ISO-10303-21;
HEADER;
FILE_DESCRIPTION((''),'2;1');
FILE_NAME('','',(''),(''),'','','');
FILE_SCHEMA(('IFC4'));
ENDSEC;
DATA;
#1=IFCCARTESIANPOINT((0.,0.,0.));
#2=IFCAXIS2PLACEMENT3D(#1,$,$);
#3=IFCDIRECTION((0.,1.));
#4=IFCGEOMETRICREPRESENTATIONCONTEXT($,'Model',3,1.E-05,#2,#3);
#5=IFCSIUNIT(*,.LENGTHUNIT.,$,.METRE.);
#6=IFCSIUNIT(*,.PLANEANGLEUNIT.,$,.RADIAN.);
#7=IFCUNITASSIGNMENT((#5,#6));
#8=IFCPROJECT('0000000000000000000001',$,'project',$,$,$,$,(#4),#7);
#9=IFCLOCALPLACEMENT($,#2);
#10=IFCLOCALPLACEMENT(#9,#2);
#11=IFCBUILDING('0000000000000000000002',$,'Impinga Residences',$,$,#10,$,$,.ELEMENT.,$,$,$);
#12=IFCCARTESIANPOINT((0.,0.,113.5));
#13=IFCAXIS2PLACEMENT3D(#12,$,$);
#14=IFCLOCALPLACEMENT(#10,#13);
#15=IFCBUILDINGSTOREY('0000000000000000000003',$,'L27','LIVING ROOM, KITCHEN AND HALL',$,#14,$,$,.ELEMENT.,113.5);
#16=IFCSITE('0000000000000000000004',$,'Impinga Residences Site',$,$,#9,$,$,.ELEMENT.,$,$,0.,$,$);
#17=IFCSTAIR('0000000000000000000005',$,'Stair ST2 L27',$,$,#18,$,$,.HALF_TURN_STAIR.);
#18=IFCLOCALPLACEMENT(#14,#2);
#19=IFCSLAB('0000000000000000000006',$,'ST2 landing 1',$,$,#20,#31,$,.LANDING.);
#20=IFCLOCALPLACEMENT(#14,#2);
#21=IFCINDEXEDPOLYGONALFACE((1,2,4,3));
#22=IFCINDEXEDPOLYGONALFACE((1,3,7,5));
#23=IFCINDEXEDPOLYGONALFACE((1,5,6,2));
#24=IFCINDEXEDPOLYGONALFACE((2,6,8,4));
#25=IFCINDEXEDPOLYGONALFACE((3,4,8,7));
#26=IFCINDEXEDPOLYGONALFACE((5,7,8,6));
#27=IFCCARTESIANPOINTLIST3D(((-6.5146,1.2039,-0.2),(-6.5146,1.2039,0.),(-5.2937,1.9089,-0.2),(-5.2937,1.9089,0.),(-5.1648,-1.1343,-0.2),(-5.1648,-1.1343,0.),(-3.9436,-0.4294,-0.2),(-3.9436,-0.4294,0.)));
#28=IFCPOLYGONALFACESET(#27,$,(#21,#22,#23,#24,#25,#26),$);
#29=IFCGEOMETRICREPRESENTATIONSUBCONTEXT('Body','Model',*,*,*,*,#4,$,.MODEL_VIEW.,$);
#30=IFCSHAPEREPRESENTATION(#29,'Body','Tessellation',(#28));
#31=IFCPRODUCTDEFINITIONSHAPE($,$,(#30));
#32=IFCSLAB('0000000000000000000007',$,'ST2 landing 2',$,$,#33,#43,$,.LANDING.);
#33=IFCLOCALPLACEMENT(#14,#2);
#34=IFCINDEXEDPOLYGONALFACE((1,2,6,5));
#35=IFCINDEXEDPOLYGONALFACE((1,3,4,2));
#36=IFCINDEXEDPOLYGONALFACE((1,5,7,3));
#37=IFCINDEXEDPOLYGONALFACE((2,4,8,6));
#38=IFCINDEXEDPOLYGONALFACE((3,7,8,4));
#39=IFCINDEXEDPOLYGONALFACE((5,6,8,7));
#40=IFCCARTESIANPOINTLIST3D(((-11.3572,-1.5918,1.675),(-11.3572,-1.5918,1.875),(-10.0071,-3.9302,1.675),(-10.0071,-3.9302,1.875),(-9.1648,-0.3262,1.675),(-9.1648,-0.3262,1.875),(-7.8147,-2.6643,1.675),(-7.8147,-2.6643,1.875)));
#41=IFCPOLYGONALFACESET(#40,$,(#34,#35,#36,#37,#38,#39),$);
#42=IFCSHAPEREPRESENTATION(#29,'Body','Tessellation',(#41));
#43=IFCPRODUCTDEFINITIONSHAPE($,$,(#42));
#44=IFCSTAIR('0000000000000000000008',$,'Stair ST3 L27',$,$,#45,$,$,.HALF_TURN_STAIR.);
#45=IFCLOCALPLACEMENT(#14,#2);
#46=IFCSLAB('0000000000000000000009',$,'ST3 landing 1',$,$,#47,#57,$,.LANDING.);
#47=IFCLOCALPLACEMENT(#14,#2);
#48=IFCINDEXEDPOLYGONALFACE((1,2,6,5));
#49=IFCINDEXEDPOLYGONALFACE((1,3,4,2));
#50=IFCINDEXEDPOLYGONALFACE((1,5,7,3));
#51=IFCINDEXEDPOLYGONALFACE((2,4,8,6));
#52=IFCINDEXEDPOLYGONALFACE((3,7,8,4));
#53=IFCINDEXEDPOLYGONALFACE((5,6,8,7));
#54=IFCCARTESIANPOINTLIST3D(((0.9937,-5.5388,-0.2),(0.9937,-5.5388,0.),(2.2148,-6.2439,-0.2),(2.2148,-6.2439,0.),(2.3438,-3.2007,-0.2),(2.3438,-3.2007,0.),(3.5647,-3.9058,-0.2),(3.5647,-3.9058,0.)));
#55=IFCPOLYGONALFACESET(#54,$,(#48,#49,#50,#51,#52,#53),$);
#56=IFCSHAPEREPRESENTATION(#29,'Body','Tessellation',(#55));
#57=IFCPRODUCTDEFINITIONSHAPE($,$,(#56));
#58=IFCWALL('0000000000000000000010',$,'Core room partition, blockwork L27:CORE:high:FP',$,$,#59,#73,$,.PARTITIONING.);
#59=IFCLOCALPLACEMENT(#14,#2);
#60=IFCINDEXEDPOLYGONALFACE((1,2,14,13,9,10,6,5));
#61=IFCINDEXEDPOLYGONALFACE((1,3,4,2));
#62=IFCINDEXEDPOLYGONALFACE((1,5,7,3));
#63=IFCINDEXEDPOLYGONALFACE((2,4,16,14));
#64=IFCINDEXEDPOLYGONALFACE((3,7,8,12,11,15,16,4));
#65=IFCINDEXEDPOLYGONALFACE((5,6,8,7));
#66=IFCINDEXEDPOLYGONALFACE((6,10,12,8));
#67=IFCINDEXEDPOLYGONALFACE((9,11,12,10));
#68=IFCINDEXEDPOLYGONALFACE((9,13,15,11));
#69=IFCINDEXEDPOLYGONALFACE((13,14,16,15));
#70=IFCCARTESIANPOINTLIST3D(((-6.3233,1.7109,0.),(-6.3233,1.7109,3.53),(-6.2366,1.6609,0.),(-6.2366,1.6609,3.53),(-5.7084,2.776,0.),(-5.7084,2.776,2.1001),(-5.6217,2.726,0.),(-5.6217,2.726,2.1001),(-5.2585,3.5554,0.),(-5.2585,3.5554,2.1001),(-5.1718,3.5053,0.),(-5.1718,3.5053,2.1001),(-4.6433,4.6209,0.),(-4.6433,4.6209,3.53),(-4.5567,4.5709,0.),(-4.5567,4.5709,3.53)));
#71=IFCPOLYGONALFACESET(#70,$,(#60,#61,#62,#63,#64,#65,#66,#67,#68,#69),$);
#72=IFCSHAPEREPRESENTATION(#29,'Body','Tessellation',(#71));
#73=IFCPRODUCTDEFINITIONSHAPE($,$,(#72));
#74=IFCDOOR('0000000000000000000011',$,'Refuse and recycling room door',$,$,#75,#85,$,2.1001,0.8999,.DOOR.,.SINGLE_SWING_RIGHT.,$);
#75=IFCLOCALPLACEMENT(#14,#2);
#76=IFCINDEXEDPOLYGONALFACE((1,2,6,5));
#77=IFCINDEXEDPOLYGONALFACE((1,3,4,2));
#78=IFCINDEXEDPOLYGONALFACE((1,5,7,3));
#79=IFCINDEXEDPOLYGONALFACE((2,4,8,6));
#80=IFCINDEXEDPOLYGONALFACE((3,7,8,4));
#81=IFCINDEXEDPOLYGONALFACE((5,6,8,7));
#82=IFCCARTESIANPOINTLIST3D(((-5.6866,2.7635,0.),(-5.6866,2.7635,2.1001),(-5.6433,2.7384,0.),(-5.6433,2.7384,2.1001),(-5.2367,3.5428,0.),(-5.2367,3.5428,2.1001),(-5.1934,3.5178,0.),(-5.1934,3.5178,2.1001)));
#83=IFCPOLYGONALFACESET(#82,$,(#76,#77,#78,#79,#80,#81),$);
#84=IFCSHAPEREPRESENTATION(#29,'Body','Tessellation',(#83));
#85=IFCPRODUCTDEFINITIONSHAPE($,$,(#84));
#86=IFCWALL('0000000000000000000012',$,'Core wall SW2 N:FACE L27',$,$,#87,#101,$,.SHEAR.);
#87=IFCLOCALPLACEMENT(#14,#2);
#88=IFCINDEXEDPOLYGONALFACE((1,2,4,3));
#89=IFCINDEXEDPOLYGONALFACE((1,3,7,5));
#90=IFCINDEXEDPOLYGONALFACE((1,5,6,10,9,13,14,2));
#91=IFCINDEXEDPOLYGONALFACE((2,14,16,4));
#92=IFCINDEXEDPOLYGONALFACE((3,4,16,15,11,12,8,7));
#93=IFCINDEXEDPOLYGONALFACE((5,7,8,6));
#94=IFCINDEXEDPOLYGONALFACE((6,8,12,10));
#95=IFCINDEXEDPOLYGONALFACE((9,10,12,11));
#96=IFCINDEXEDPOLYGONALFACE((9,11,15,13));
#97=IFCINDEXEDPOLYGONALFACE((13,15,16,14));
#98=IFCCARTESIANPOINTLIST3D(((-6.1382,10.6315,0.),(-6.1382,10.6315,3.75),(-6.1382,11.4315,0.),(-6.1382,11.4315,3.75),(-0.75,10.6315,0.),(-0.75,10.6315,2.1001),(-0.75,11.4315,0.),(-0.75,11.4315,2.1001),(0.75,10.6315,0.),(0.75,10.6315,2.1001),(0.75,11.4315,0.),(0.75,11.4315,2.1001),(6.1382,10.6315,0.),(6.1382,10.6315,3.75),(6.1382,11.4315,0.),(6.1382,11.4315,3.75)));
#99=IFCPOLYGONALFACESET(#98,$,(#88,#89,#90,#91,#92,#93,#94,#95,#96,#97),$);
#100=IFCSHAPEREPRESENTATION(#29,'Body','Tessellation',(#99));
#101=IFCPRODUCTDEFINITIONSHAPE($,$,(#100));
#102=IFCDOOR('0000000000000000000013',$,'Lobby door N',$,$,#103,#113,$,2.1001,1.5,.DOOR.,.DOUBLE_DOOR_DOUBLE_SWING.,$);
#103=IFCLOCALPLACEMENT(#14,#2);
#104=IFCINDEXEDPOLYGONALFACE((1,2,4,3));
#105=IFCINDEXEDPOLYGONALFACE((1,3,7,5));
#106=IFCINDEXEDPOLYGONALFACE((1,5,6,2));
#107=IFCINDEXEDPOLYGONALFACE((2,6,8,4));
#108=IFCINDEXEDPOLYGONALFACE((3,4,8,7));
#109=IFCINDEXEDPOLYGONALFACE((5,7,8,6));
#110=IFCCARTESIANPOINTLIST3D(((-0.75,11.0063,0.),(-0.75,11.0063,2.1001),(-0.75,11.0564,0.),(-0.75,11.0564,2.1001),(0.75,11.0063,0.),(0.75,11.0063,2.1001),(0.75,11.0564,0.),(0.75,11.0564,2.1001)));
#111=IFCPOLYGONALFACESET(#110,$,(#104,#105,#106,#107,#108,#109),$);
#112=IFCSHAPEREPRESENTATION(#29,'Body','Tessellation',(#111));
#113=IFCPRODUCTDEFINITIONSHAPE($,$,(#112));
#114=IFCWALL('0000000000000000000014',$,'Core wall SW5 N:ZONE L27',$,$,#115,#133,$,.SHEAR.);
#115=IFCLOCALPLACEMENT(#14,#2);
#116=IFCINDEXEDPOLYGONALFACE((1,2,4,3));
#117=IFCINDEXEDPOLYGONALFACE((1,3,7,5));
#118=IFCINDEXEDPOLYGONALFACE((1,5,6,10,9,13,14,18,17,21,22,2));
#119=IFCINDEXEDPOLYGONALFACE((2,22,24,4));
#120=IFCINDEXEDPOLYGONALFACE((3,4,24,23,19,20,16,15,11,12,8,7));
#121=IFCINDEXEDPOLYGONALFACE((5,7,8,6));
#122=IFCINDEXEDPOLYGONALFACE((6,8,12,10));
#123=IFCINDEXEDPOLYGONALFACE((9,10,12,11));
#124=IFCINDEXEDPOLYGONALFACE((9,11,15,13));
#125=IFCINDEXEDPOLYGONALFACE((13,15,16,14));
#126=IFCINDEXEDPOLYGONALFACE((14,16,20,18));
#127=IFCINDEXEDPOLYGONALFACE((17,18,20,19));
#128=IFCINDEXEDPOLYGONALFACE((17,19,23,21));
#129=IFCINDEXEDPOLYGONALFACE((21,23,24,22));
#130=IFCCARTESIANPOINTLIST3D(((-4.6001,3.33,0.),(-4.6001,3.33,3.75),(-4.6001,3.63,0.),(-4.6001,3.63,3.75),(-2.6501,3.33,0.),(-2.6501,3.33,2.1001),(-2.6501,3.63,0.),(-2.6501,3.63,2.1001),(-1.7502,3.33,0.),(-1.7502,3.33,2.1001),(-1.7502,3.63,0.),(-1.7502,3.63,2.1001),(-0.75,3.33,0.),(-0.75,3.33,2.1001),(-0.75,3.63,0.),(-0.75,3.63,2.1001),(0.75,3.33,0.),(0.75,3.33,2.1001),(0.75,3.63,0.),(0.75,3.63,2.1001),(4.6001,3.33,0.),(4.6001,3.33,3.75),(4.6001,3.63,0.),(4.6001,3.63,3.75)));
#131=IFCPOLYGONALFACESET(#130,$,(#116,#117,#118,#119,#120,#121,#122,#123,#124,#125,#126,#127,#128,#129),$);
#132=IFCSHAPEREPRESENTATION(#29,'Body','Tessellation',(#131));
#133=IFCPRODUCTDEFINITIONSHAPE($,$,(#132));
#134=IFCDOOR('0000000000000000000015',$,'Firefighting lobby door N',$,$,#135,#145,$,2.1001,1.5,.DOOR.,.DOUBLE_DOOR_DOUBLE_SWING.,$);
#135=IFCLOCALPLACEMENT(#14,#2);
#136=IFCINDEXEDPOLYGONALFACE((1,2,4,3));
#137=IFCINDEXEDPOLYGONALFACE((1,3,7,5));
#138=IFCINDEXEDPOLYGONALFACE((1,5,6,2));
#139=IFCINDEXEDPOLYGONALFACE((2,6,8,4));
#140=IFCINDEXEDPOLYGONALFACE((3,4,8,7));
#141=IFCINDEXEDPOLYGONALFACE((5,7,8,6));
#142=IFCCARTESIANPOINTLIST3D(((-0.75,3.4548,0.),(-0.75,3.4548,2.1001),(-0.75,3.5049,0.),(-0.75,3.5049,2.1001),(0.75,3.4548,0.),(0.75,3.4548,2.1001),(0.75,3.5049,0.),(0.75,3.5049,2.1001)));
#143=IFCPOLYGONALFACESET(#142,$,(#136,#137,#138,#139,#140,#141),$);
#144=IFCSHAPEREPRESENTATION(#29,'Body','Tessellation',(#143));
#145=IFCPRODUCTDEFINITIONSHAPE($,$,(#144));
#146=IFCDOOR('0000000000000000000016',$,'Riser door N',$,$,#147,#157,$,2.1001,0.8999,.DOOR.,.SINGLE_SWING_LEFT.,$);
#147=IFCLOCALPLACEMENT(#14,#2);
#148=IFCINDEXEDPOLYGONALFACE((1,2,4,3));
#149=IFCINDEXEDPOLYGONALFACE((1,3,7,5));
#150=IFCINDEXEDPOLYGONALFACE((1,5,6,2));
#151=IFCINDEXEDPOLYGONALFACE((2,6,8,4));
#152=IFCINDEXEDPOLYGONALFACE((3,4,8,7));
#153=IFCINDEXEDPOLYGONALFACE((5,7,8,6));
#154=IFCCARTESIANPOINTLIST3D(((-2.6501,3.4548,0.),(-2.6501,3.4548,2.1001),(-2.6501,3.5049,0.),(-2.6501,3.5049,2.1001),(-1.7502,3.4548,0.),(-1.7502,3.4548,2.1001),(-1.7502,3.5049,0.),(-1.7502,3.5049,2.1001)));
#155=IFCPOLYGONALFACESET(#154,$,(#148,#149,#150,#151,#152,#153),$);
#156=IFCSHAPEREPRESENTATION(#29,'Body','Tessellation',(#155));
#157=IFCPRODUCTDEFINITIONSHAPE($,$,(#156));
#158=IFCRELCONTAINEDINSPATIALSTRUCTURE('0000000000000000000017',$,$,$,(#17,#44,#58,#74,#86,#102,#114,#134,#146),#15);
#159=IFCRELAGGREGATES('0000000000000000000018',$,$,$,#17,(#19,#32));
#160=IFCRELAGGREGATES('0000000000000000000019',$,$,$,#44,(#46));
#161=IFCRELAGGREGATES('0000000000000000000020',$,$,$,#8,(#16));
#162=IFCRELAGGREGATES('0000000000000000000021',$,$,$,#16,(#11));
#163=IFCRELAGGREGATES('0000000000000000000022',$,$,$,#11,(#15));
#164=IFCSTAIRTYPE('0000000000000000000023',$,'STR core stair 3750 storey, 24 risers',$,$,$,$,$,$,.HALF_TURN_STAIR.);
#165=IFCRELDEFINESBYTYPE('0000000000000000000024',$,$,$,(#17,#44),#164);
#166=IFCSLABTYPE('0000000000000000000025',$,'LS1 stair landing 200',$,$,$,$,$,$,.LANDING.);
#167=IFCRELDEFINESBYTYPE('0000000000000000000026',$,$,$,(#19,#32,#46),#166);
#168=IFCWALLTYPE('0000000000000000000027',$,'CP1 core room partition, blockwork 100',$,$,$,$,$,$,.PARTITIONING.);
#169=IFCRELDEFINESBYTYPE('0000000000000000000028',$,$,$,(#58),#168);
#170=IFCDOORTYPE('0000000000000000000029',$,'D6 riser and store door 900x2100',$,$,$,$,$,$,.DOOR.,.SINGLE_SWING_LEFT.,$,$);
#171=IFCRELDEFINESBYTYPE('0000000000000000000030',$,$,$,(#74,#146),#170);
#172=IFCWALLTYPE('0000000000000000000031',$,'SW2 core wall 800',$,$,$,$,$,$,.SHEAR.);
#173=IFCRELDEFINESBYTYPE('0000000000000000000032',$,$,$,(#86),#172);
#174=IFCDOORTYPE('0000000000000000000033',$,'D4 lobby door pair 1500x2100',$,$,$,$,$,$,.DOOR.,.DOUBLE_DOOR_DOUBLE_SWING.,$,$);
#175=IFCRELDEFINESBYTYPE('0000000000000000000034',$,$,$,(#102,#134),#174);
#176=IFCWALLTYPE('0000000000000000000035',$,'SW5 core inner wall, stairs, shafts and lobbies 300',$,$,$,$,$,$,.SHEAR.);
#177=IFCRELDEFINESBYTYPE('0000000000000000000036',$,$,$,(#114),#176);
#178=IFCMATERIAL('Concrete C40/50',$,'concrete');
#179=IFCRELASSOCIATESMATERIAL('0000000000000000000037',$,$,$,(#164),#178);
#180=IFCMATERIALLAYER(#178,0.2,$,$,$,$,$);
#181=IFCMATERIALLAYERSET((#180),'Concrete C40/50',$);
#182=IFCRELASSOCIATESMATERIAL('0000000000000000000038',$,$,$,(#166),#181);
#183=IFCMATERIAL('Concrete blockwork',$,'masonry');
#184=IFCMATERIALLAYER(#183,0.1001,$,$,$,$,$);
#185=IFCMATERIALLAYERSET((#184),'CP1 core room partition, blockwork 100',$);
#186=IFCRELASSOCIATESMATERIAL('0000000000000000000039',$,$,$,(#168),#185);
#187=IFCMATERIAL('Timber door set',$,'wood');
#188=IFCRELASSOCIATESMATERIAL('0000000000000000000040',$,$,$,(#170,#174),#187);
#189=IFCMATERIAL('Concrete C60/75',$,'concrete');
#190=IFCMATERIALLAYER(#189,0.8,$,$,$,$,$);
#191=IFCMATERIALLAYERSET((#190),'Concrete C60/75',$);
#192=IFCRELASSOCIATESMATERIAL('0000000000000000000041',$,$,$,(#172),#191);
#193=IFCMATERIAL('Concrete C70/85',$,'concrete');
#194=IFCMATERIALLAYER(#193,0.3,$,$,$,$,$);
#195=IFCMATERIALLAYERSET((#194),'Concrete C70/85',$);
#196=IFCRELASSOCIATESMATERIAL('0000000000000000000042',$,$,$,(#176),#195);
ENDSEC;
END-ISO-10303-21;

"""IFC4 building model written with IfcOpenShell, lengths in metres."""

from ifc_helpers import new_model, si_unit, direction, frame, frame_2d, origin, place, context, subcontext, project, spatial, polyline, rectangle, outline, extrude, material, layer, layer_set, type_object, element, fill, aggregate, save


model = new_model("IFC4")

# Units and contexts
model_context = context("Model", 3, precision=1e-05, world=origin(), true_north=direction((0.0, 1.0)))
body_context = subcontext(model_context, "Body", "Model", "MODEL_VIEW")
ifc_project = project(units=[si_unit("LENGTHUNIT", "METRE"), si_unit("PLANEANGLEUNIT", "RADIAN")], contexts=[model_context])

# Site, building, storey
site_placement = place(None, origin())
site = spatial("IfcSite", under=ifc_project, at=site_placement, Name="Impinga Residences Site", CompositionType="ELEMENT", RefElevation=0.0)
building_placement = place(site_placement, origin())
building = spatial("IfcBuilding", under=site, at=building_placement, Name="Impinga Residences", CompositionType="ELEMENT")
storey_placement = place(building_placement, frame((0.0, 0.0, 113.5)))
storey = spatial("IfcBuildingStorey", under=building, at=storey_placement, Name="L27", Description="LIVING ROOM, KITCHEN AND HALL", CompositionType="ELEMENT", Elevation=113.5)

# Stair, slabs
ifc_material_1 = material(Name="Concrete C40/50", Category="concrete")
stair_type = type_object("IfcStairType", Name="STR core stair 3750 storey, 24 risers", PredefinedType="HALF_TURN_STAIR", material=ifc_material_1)
stair_1_placement = place(storey_placement, origin())
stair_1 = element("IfcStair", 1, at=stair_1_placement, inside=storey, type_object=stair_type, Name="Stair ST2 L27", PredefinedType="HALF_TURN_STAIR")
ifc_layer_1 = layer(ifc_material_1, 0.2)
ifc_layer_set_1 = layer_set([ifc_layer_1], Name="Concrete C40/50")
slab_type = type_object("IfcSlabType", Name="LS1 stair landing 200", PredefinedType="LANDING", material=ifc_layer_set_1)
slab_1_placement = place(storey_placement, frame((0.0, 0.0, -0.2)))
slab_1 = element("IfcSlab", 2, at=slab_1_placement, type_object=slab_type, Name="ST2 landing 1", PredefinedType="LANDING", context=body_context, shape_type="SweptSolid", body=[
    extrude(outline(polyline([(-3.9436, -0.4294), (-5.2937, 1.9089), (-6.5146, 1.2039), (-5.1648, -1.1343), (-3.9436, -0.4294)])), origin(), (0.0, 0.0, 1.0), 0.2),
])
slab_2_placement = place(storey_placement, frame((0.0, 0.0, 1.675)))
slab_2 = element("IfcSlab", 3, at=slab_2_placement, type_object=slab_type, Name="ST2 landing 2", PredefinedType="LANDING", context=body_context, shape_type="SweptSolid", body=[
    extrude(outline(polyline([(-7.8147, -2.6643), (-9.1648, -0.3262), (-11.3572, -1.5918), (-10.0071, -3.9302), (-7.8147, -2.6643)])), origin(), (0.0, 0.0, 1.0), 0.2),
])
aggregate(stair_1, [slab_1, slab_2])

# Stair, slab
stair_2_placement = place(storey_placement, origin())
stair_2 = element("IfcStair", 4, at=stair_2_placement, inside=storey, type_object=stair_type, Name="Stair ST3 L27", PredefinedType="HALF_TURN_STAIR")
slab_3_placement = place(storey_placement, frame((0.0, 0.0, -0.2)))
slab_3 = element("IfcSlab", 5, at=slab_3_placement, type_object=slab_type, Name="ST3 landing 1", PredefinedType="LANDING", context=body_context, shape_type="SweptSolid", body=[
    extrude(outline(polyline([(2.3438, -3.2007), (0.9937, -5.5388), (2.2148, -6.2439), (3.5647, -3.9058), (2.3438, -3.2007)])), origin(), (0.0, 0.0, 1.0), 0.2),
])
aggregate(stair_2, [slab_3])

# Walls, openings, doors
ifc_material_2 = material(Name="Concrete blockwork", Category="masonry")
ifc_layer_2 = layer(ifc_material_2, 0.1001)
ifc_layer_set_2 = layer_set([ifc_layer_2], Name="CP1 core room partition, blockwork 100")
wall_type_1 = type_object("IfcWallType", Name="CP1 core room partition, blockwork 100", PredefinedType="PARTITIONING", material=ifc_layer_set_2)
wall_1_placement = place(storey_placement, frame((-6.28, 1.6858, 0.0), z_axis=(0.0, 0.0, 1.0), x_axis=(0.499976, 0.866039, 0.0)))
wall_1 = element("IfcWall", 6, at=wall_1_placement, inside=storey, type_object=wall_type_1, Name="Core room partition, blockwork L27:CORE:high:FP", PredefinedType="PARTITIONING", context=body_context, shape_type="SweptSolid", body=[
    extrude(rectangle(XDim=3.3601, YDim=0.1001, at=frame_2d((1.6802, 0.0))), origin(), (0.0, 0.0, 1.0), 3.53),
])
opening_1_placement = place(wall_1_placement, frame((1.23, 0.0, 0.0)))
opening_1 = element("IfcOpeningElement", 7, at=opening_1_placement, cuts=wall_1, PredefinedType="OPENING", context=body_context, shape_type="SweptSolid", body=[
    extrude(rectangle(XDim=0.8999, YDim=2.1001, at=frame_2d((0.45, 1.05))), frame((0.0, 0.0601, 0.0), z_axis=(0.0, -1.0, 0.0), x_axis=(1.0, 0.0, 0.0)), (0.0, 0.0, 1.0), 0.1201),
])
ifc_material_3 = material(Name="Timber door set", Category="wood")
door_type_1 = type_object("IfcDoorType", Name="D6 riser and store door 900x2100", OperationType="SINGLE_SWING_LEFT", PredefinedType="DOOR", material=ifc_material_3)
door_1_placement = place(opening_1_placement, origin())
door_1 = element("IfcDoor", 8, at=door_1_placement, inside=storey, type_object=door_type_1, Name="Refuse and recycling room door", OperationType="SINGLE_SWING_RIGHT", OverallHeight=2.1001, OverallWidth=0.8999, PredefinedType="DOOR", context=body_context, shape_type="SweptSolid", body=[
    extrude(rectangle(XDim=0.8999, YDim=2.1001, at=frame_2d((0.45, 1.05))), frame((0.0, 0.0249, 0.0), z_axis=(0.0, -1.0, 0.0), x_axis=(1.0, 0.0, 0.0)), (0.0, 0.0, 1.0), 0.05),
])
fill(opening_1, door_1)
ifc_material_4 = material(Name="Concrete C60/75", Category="concrete")
ifc_layer_3 = layer(ifc_material_4, 0.8)
ifc_layer_set_3 = layer_set([ifc_layer_3], Name="Concrete C60/75")
wall_type_2 = type_object("IfcWallType", Name="SW2 core wall 800", PredefinedType="SHEAR", material=ifc_layer_set_3)
wall_2_placement = place(storey_placement, frame((-6.1382, 11.0315, 0.0), z_axis=(0.0, 0.0, 1.0), x_axis=(1.0, 0.0, 0.0)))
wall_2 = element("IfcWall", 9, at=wall_2_placement, inside=storey, type_object=wall_type_2, Name="Core wall SW2 N:FACE L27", PredefinedType="SHEAR", context=body_context, shape_type="SweptSolid", body=[
    extrude(rectangle(XDim=12.2764, YDim=0.8, at=frame_2d((6.1382, 0.0))), origin(), (0.0, 0.0, 1.0), 3.75),
])
opening_2_placement = place(wall_2_placement, frame((5.3882, 0.0, 0.0)))
opening_2 = element("IfcOpeningElement", 10, at=opening_2_placement, cuts=wall_2, PredefinedType="OPENING", context=body_context, shape_type="SweptSolid", body=[
    extrude(rectangle(XDim=1.5, YDim=2.1001, at=frame_2d((0.75, 1.05))), frame((0.0, 0.4099, 0.0), z_axis=(0.0, -1.0, 0.0), x_axis=(1.0, 0.0, 0.0)), (0.0, 0.0, 1.0), 0.8201),
])
door_type_2 = type_object("IfcDoorType", Name="D4 lobby door pair 1500x2100", OperationType="DOUBLE_DOOR_DOUBLE_SWING", PredefinedType="DOOR", material=ifc_material_3)
door_2_placement = place(opening_2_placement, origin())
door_2 = element("IfcDoor", 11, at=door_2_placement, inside=storey, type_object=door_type_2, Name="Lobby door N", OperationType="DOUBLE_DOOR_DOUBLE_SWING", OverallHeight=2.1001, OverallWidth=1.5, PredefinedType="DOOR", context=body_context, shape_type="SweptSolid", body=[
    extrude(rectangle(XDim=1.5, YDim=2.1001, at=frame_2d((0.75, 1.05))), frame((0.0, 0.0249, 0.0), z_axis=(0.0, -1.0, 0.0), x_axis=(1.0, 0.0, 0.0)), (0.0, 0.0, 1.0), 0.05),
])
fill(opening_2, door_2)

# Wall, openings, doors
ifc_material_5 = material(Name="Concrete C70/85", Category="concrete")
ifc_layer_4 = layer(ifc_material_5, 0.3)
ifc_layer_set_4 = layer_set([ifc_layer_4], Name="Concrete C70/85")
wall_type_3 = type_object("IfcWallType", Name="SW5 core inner wall, stairs, shafts and lobbies 300", PredefinedType="SHEAR", material=ifc_layer_set_4)
wall_3_placement = place(storey_placement, frame((-4.6001, 3.48, 0.0), z_axis=(0.0, 0.0, 1.0), x_axis=(1.0, 0.0, 0.0)))
wall_3 = element("IfcWall", 12, at=wall_3_placement, inside=storey, type_object=wall_type_3, Name="Core wall SW5 N:ZONE L27", PredefinedType="SHEAR", context=body_context, shape_type="SweptSolid", body=[
    extrude(rectangle(XDim=9.2002, YDim=0.3, at=frame_2d((4.6001, 0.0))), origin(), (0.0, 0.0, 1.0), 3.75),
])
opening_3_placement = place(wall_3_placement, frame((3.8501, 0.0, 0.0)))
opening_3 = element("IfcOpeningElement", 13, at=opening_3_placement, cuts=wall_3, PredefinedType="OPENING", context=body_context, shape_type="SweptSolid", body=[
    extrude(rectangle(XDim=1.5, YDim=2.1001, at=frame_2d((0.75, 1.05))), frame((0.0, 0.1599, 0.0), z_axis=(0.0, -1.0, 0.0), x_axis=(1.0, 0.0, 0.0)), (0.0, 0.0, 1.0), 0.3201),
])
opening_4_placement = place(wall_3_placement, frame((1.95, 0.0, 0.0)))
opening_4 = element("IfcOpeningElement", 14, at=opening_4_placement, cuts=wall_3, PredefinedType="OPENING", context=body_context, shape_type="SweptSolid", body=[
    extrude(rectangle(XDim=0.8999, YDim=2.1001, at=frame_2d((0.45, 1.05))), frame((0.0, 0.1599, 0.0), z_axis=(0.0, -1.0, 0.0), x_axis=(1.0, 0.0, 0.0)), (0.0, 0.0, 1.0), 0.3201),
])
door_3_placement = place(opening_3_placement, origin())
door_3 = element("IfcDoor", 15, at=door_3_placement, inside=storey, type_object=door_type_2, Name="Firefighting lobby door N", OperationType="DOUBLE_DOOR_DOUBLE_SWING", OverallHeight=2.1001, OverallWidth=1.5, PredefinedType="DOOR", context=body_context, shape_type="SweptSolid", body=[
    extrude(rectangle(XDim=1.5, YDim=2.1001, at=frame_2d((0.75, 1.05))), frame((0.0, 0.0249, 0.0), z_axis=(0.0, -1.0, 0.0), x_axis=(1.0, 0.0, 0.0)), (0.0, 0.0, 1.0), 0.05),
])
fill(opening_3, door_3)
door_4_placement = place(opening_4_placement, origin())
door_4 = element("IfcDoor", 16, at=door_4_placement, inside=storey, type_object=door_type_1, Name="Riser door N", OperationType="SINGLE_SWING_LEFT", OverallHeight=2.1001, OverallWidth=0.8999, PredefinedType="DOOR", context=body_context, shape_type="SweptSolid", body=[
    extrude(rectangle(XDim=0.8999, YDim=2.1001, at=frame_2d((0.45, 1.05))), frame((0.0, 0.0249, 0.0), z_axis=(0.0, -1.0, 0.0), x_axis=(1.0, 0.0, 0.0)), (0.0, 0.0, 1.0), 0.05),
])
fill(opening_4, door_4)

save(model, "model.ifc")
